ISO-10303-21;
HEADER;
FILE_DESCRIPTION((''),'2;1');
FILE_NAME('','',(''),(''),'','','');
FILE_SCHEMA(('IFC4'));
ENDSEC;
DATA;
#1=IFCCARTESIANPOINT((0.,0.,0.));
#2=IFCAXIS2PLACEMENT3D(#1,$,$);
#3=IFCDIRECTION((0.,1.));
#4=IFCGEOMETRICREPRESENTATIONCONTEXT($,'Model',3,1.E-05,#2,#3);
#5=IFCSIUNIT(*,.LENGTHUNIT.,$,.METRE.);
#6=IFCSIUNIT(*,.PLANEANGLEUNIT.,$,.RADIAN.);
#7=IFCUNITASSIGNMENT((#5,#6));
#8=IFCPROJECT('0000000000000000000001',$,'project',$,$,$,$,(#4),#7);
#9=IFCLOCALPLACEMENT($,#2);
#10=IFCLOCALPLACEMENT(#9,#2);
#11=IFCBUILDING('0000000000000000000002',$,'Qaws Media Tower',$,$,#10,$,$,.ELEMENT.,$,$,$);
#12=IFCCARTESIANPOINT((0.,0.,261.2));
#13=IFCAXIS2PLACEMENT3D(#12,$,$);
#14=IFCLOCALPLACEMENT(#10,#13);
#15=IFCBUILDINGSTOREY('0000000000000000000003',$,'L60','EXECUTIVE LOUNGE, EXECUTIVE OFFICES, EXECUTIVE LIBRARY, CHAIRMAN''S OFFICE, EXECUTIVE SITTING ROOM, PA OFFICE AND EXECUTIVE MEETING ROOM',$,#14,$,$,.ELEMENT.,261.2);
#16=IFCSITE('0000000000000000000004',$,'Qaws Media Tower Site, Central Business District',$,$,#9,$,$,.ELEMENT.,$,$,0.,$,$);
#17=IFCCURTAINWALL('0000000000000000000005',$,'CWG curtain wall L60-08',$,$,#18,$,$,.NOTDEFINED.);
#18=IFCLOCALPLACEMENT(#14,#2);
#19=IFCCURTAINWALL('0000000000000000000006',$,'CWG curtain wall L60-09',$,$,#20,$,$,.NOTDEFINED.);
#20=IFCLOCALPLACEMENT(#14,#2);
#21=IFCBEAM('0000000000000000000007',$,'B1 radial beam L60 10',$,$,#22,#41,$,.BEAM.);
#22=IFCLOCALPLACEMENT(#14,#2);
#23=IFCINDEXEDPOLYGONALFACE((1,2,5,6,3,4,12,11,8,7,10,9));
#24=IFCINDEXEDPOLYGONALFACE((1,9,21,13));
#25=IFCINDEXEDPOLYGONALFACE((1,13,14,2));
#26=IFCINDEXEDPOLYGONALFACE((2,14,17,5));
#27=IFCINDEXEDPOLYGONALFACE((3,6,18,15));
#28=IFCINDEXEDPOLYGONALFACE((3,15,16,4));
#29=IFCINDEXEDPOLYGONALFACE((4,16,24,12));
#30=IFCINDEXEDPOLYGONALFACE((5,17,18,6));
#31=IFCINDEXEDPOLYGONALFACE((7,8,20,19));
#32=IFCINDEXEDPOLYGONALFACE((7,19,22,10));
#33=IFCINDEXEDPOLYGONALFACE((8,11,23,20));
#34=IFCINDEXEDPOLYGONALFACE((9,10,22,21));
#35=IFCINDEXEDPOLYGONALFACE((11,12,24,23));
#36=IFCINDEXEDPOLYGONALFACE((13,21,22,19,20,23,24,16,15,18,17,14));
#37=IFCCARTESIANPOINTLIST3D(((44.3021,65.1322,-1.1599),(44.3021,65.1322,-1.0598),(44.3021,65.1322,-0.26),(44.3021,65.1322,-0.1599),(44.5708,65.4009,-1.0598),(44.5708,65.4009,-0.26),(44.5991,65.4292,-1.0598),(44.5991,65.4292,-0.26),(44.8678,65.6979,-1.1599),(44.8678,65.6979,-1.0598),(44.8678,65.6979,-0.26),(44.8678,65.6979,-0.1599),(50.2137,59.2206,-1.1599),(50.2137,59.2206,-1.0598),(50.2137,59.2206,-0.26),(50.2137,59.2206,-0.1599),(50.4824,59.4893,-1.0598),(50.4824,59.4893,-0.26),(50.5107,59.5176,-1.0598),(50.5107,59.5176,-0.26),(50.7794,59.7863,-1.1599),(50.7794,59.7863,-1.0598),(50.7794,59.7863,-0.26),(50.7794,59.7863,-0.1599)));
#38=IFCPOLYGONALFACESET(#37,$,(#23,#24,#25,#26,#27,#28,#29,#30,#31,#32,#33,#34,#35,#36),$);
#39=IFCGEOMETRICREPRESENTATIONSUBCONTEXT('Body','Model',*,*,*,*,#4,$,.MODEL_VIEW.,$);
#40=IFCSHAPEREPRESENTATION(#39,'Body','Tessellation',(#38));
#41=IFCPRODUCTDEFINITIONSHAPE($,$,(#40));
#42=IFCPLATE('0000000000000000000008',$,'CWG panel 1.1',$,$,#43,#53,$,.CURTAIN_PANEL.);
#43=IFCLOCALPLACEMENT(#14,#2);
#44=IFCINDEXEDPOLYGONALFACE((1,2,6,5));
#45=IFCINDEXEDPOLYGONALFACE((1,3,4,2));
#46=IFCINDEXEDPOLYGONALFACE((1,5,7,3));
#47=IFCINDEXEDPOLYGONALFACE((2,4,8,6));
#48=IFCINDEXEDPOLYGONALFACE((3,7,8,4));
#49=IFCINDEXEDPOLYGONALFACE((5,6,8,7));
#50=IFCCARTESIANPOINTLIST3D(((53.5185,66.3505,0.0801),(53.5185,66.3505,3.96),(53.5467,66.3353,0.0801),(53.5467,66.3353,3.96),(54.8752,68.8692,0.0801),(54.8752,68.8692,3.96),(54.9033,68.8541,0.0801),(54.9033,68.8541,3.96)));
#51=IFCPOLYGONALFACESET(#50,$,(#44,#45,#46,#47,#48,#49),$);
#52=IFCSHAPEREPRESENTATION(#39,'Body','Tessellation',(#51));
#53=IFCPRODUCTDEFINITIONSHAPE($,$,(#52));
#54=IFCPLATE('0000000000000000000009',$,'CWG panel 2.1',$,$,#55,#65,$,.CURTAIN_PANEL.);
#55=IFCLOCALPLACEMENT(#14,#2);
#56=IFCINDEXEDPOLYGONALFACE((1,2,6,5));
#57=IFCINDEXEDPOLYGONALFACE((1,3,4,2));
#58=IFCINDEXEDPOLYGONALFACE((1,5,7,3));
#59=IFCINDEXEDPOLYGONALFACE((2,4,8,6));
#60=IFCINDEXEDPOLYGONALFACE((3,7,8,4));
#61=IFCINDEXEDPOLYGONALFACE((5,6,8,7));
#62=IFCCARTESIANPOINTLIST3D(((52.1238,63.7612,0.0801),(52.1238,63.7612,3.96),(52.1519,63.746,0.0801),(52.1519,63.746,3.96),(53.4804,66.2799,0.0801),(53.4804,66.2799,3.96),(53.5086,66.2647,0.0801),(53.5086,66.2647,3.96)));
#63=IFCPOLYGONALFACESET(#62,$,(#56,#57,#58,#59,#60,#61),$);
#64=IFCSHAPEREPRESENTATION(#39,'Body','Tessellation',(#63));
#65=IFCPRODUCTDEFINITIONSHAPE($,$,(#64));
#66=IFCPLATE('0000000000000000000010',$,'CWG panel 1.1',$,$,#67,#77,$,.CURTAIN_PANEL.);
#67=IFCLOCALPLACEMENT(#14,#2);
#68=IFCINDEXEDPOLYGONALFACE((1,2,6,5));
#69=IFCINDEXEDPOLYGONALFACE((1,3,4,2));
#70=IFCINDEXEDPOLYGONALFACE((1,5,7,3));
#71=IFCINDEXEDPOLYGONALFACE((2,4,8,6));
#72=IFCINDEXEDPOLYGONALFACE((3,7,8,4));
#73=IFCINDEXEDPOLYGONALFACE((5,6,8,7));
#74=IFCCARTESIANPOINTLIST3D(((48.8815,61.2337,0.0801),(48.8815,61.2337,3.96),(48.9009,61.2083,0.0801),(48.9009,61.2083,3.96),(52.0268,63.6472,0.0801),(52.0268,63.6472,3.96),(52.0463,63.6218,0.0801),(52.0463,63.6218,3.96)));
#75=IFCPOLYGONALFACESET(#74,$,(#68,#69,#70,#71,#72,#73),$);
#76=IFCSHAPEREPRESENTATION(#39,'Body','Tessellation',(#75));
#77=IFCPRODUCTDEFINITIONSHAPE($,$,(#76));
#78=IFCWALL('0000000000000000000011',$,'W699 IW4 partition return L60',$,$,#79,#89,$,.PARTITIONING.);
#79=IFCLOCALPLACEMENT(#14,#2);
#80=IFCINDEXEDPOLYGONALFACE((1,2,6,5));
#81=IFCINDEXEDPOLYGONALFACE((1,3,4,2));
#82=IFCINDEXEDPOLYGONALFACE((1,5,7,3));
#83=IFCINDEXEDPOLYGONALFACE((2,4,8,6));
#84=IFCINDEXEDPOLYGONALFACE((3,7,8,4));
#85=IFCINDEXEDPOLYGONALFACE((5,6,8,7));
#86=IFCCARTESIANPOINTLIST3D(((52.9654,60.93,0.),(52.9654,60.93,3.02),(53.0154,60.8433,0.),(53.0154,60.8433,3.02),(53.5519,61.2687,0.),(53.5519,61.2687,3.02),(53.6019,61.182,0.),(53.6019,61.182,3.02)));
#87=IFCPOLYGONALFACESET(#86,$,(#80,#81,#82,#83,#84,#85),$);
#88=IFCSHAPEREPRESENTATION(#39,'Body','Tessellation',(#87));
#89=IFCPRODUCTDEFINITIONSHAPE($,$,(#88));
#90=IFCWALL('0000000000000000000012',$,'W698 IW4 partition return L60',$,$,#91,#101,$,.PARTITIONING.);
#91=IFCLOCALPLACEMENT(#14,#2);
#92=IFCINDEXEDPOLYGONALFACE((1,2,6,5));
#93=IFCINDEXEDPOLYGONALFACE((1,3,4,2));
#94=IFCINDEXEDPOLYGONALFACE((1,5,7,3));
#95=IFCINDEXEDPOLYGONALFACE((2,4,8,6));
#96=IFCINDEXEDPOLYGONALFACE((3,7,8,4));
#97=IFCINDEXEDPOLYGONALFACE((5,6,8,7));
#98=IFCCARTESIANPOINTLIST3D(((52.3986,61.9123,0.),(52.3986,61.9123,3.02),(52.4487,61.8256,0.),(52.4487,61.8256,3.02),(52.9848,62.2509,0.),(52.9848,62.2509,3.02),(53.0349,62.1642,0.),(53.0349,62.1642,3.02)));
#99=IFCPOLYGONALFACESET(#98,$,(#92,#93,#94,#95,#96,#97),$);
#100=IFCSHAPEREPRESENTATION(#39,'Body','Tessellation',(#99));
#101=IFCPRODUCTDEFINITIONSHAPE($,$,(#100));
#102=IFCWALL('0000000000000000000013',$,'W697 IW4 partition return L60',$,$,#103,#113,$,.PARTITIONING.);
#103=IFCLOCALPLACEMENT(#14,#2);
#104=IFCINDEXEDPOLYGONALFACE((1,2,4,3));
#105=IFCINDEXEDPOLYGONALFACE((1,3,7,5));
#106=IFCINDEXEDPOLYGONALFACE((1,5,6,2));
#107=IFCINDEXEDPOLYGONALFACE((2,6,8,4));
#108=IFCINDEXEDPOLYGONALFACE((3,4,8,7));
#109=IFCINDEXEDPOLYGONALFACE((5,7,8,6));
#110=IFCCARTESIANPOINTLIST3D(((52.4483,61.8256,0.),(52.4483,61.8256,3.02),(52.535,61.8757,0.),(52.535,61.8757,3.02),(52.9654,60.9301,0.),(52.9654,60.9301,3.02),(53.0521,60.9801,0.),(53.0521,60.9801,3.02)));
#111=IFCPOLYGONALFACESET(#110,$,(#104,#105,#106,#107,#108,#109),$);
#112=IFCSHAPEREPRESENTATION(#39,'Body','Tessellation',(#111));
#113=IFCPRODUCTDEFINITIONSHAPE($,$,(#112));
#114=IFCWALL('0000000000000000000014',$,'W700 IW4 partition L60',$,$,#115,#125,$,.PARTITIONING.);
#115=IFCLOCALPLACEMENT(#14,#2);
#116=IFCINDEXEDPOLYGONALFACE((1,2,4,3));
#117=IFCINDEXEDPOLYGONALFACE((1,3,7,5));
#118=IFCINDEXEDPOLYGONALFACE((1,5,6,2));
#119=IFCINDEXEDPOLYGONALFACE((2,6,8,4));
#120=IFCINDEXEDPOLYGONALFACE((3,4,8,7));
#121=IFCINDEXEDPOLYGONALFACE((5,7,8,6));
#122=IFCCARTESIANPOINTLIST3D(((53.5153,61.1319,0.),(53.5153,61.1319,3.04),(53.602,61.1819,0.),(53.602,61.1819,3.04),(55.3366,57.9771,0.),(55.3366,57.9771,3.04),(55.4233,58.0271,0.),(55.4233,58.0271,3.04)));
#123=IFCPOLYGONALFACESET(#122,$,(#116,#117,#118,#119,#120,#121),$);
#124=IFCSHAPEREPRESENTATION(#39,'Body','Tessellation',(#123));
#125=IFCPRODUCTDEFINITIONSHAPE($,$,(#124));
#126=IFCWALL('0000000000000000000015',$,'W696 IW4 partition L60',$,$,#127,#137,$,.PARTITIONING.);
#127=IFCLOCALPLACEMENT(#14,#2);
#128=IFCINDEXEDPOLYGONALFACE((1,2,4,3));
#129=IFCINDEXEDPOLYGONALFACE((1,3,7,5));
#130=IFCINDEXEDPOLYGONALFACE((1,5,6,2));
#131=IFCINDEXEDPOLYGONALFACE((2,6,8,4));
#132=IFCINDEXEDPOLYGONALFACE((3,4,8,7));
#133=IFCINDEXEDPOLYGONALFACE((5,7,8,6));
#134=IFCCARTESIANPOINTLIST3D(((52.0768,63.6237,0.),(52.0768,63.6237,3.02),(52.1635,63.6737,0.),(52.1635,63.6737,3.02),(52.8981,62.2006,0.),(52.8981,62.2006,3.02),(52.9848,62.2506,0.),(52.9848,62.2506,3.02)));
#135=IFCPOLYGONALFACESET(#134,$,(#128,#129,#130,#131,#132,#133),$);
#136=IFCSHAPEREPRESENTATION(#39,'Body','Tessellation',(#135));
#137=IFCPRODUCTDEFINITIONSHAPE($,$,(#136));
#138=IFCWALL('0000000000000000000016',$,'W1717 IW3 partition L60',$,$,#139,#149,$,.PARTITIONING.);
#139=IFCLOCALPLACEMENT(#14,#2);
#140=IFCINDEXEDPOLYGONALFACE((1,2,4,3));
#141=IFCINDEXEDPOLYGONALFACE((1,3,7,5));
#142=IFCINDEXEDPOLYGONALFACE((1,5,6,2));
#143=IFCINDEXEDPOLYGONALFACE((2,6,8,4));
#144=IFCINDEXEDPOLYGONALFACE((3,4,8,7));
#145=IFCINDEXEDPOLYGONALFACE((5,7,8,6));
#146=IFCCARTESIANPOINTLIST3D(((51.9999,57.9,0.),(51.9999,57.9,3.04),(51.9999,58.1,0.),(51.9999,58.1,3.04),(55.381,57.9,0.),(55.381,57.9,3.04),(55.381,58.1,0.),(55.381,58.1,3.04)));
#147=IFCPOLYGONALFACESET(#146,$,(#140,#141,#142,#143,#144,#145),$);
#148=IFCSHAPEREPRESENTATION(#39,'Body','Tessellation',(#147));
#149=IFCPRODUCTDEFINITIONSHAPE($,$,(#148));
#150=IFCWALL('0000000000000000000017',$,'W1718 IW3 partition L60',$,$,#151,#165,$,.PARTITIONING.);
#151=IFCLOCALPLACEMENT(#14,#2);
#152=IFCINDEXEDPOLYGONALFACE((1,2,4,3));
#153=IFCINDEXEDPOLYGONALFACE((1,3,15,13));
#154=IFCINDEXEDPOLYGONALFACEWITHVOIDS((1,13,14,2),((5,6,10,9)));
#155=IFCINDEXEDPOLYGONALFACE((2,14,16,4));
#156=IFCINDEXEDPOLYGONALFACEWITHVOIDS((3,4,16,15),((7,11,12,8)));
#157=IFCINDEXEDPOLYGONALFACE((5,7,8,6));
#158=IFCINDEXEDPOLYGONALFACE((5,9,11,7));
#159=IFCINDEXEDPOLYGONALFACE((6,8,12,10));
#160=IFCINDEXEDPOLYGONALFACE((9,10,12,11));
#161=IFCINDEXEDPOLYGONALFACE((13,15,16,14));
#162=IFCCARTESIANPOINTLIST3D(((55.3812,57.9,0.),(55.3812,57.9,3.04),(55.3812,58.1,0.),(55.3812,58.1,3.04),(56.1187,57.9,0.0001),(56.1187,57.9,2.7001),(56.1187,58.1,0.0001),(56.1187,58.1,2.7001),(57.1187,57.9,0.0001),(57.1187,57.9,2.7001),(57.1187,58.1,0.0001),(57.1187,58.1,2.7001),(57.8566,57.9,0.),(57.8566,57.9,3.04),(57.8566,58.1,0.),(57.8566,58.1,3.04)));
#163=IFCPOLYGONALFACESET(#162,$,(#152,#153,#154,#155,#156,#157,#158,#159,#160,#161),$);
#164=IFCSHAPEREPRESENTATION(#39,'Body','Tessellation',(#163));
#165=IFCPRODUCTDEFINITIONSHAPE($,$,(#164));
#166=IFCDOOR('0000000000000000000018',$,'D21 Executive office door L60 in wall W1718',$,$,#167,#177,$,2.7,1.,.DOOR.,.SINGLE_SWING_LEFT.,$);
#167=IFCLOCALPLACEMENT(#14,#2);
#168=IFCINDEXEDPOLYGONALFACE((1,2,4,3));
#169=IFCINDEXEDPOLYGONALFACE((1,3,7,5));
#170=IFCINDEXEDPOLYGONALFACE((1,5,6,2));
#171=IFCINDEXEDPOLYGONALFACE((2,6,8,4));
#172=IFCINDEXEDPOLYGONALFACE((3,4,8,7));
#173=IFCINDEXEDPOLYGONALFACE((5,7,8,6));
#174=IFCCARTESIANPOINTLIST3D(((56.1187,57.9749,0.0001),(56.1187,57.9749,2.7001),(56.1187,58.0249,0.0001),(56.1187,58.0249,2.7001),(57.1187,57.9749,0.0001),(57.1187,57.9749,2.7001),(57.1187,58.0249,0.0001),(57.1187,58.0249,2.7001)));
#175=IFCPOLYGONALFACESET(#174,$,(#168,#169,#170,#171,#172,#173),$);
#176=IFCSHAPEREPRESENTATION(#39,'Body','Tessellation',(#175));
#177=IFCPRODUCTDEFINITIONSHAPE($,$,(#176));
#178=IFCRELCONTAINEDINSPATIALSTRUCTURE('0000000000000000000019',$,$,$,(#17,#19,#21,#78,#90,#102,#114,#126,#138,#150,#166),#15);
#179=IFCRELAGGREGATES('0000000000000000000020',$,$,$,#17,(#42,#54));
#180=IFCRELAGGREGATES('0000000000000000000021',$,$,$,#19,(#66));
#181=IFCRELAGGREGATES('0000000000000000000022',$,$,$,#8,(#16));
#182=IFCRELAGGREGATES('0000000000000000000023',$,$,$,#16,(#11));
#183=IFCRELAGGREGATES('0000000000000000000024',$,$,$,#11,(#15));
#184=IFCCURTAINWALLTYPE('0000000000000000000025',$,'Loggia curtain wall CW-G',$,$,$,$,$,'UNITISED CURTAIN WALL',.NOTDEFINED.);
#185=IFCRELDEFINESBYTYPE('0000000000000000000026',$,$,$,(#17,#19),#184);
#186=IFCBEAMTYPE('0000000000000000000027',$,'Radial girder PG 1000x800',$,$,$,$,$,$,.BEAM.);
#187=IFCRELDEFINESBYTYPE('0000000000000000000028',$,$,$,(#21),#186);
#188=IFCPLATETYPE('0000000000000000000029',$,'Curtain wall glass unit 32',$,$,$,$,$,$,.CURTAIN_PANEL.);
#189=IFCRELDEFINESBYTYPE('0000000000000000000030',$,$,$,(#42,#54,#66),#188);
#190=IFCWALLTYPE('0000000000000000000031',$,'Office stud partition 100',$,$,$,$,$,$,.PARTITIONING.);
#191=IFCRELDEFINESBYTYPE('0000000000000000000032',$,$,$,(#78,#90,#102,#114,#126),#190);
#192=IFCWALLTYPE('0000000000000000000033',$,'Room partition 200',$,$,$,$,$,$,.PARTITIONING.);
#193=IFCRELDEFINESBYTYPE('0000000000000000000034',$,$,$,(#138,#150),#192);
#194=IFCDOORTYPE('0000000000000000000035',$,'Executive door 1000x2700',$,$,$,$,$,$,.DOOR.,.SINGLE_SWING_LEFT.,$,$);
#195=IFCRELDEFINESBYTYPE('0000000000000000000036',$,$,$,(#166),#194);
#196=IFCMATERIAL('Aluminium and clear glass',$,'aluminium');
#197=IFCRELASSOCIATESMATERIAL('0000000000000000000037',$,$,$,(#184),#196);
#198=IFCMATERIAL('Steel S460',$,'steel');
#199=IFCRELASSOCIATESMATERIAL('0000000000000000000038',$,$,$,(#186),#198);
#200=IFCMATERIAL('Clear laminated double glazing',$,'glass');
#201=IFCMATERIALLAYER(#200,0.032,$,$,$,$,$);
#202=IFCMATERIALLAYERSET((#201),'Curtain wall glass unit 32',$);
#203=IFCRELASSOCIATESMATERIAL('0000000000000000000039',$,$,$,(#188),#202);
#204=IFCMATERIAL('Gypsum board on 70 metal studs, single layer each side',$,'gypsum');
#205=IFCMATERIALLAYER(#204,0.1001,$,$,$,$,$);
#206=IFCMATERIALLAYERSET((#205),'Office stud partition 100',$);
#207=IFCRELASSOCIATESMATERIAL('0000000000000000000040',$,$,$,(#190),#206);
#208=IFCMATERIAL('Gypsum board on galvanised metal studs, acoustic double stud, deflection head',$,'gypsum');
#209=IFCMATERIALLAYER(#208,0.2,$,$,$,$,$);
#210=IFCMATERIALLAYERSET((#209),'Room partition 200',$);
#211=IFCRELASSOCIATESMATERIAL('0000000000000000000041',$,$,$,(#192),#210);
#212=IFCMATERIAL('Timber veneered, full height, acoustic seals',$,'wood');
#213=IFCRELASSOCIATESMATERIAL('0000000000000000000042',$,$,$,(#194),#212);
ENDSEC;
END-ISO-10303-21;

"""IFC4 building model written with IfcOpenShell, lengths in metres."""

from ifc_helpers import new_model, si_unit, direction, frame, frame_2d, origin, origin_2d, place, context, subcontext, project, spatial, rectangle, i_section, extrude, material, layer, layer_set, material_profile, profile_set, type_object, element, fill, aggregate, save


model = new_model("IFC4")

# Units and contexts
model_context = context("Model", 3, precision=1e-05, world=origin(), true_north=direction((0.0, 1.0)))
body_context = subcontext(model_context, "Body", "Model", "MODEL_VIEW")
ifc_project = project(units=[si_unit("LENGTHUNIT", "METRE"), si_unit("PLANEANGLEUNIT", "RADIAN")], contexts=[model_context])

# Site, building, storey
site_placement = place(None, origin())
site = spatial("IfcSite", under=ifc_project, at=site_placement, Name="Qaws Media Tower Site, Central Business District", CompositionType="ELEMENT", RefElevation=0.0)
building_placement = place(site_placement, origin())
building = spatial("IfcBuilding", under=site, at=building_placement, Name="Qaws Media Tower", CompositionType="ELEMENT")
storey_placement = place(building_placement, frame((0.0, 0.0, 261.2)))
storey = spatial("IfcBuildingStorey", under=building, at=storey_placement, Name="L60", Description="EXECUTIVE LOUNGE, EXECUTIVE OFFICES, EXECUTIVE LIBRARY, CHAIRMAN'S OFFICE, EXECUTIVE SITTING ROOM, PA OFFICE AND EXECUTIVE MEETING ROOM", CompositionType="ELEMENT", Elevation=261.2)

# Curtain wall
ifc_material_1 = material(Name="Aluminium and clear glass", Category="aluminium")
curtain_wall_type = type_object("IfcCurtainWallType", Name="Loggia curtain wall CW-G", ElementType="UNITISED CURTAIN WALL", PredefinedType="NOTDEFINED", material=ifc_material_1)
curtain_wall_1_placement = place(storey_placement, origin())
curtain_wall_1 = element("IfcCurtainWall", 1, at=curtain_wall_1_placement, inside=storey, type_object=curtain_wall_type, Name="CWG curtain wall L60-08", PredefinedType="NOTDEFINED")

# Curtain wall
curtain_wall_2_placement = place(storey_placement, origin())
curtain_wall_2 = element("IfcCurtainWall", 2, at=curtain_wall_2_placement, inside=storey, type_object=curtain_wall_type, Name="CWG curtain wall L60-09", PredefinedType="NOTDEFINED")

# Beam
ifc_material_2 = material(Name="Steel S460", Category="steel")
ifc_material_profile_1 = material_profile(ifc_material_2, i_section(OverallWidth=0.8, OverallDepth=1.0, WebThickness=0.04, FlangeThickness=0.1001, at=origin_2d()), Name="PG 1000x800")
ifc_profile_set_1 = profile_set([ifc_material_profile_1], Name="Steel S460")
beam_type_1 = type_object("IfcBeamType", Name="Radial girder PG 1000x800", PredefinedType="BEAM", material=ifc_profile_set_1)
beam_1_placement = place(storey_placement, frame((50.4966, 59.5034, -0.6599), z_axis=(-0.707107, 0.707107, 0.0), x_axis=(-0.707107, -0.707107, 0.0)))
element("IfcBeam", 3, at=beam_1_placement, inside=storey, type_object=beam_type_1, Name="B1 radial beam L60 10", PredefinedType="BEAM", context=body_context, shape_type="SweptSolid", body=[
    extrude(i_section(OverallWidth=0.8, OverallDepth=1.0, WebThickness=0.04, FlangeThickness=0.1001, at=origin_2d()), origin(), (0.0, 0.0, 1.0), 8.3604),
])

# Plates
ifc_material_3 = material(Name="Clear laminated double glazing", Category="glass")
ifc_layer_1 = layer(ifc_material_3, 0.032)
ifc_layer_set_1 = layer_set([ifc_layer_1], Name="Curtain wall glass unit 32")
plate_type = type_object("IfcPlateType", Name="Curtain wall glass unit 32", PredefinedType="CURTAIN_PANEL", material=ifc_layer_set_1)
plate_1_placement = place(storey_placement, frame((54.2109, 67.6023, 0.0801), z_axis=(0.0, 0.0, 1.0), x_axis=(-0.474203, -0.880416, 0.0)))
plate_1 = element("IfcPlate", 4, at=plate_1_placement, type_object=plate_type, Name="CWG panel 1.1", PredefinedType="CURTAIN_PANEL", context=body_context, shape_type="SweptSolid", body=[
    extrude(rectangle(XDim=2.8608, YDim=0.032, at=origin_2d()), origin(), (0.0, 0.0, 1.0), 3.8799),
])
plate_2_placement = place(storey_placement, frame((52.8162, 65.0129, 0.0801), z_axis=(0.0, 0.0, 1.0), x_axis=(-0.474203, -0.880416, 0.0)))
plate_2 = element("IfcPlate", 5, at=plate_2_placement, type_object=plate_type, Name="CWG panel 2.1", PredefinedType="CURTAIN_PANEL", context=body_context, shape_type="SweptSolid", body=[
    extrude(rectangle(XDim=2.8608, YDim=0.032, at=origin_2d()), origin(), (0.0, 0.0, 1.0), 3.8799),
])
aggregate(curtain_wall_1, [plate_1, plate_2])
plate_3_placement = place(storey_placement, frame((50.4639, 62.4277, 0.0801), z_axis=(0.0, 0.0, 1.0), x_axis=(-0.793353, -0.608761, 0.0)))
plate_3 = element("IfcPlate", 6, at=plate_3_placement, type_object=plate_type, Name="CWG panel 1.1", PredefinedType="CURTAIN_PANEL", context=body_context, shape_type="SweptSolid", body=[
    extrude(rectangle(XDim=3.9646, YDim=0.032, at=origin_2d()), origin(), (0.0, 0.0, 1.0), 3.8799),
])
aggregate(curtain_wall_2, [plate_3])

# Walls
ifc_material_4 = material(Name="Gypsum board on 70 metal studs, single layer each side", Category="gypsum")
ifc_layer_2 = layer(ifc_material_4, 0.1001)
ifc_layer_set_2 = layer_set([ifc_layer_2], Name="Office stud partition 100")
wall_type_1 = type_object("IfcWallType", Name="Office stud partition 100", PredefinedType="PARTITIONING", material=ifc_layer_set_2)
wall_1_placement = place(storey_placement, frame((53.5769, 61.2253, 0.0), z_axis=(0.0, 0.0, 1.0), x_axis=(-0.865993, -0.500055, 0.0)))
element("IfcWall", 7, at=wall_1_placement, inside=storey, type_object=wall_type_1, Name="W699 IW4 partition return L60", PredefinedType="PARTITIONING", context=body_context, shape_type="SweptSolid", body=[
    extrude(rectangle(XDim=0.6772, YDim=0.1001, at=frame_2d((0.3386, 0.0))), origin(), (0.0, 0.0, 1.0), 3.02),
])
wall_2_placement = place(storey_placement, frame((53.0098, 62.2075, 0.0), z_axis=(0.0, 0.0, 1.0), x_axis=(-0.865903, -0.500212, 0.0)))
element("IfcWall", 8, at=wall_2_placement, inside=storey, type_object=wall_type_1, Name="W698 IW4 partition return L60", PredefinedType="PARTITIONING", context=body_context, shape_type="SweptSolid", body=[
    extrude(rectangle(XDim=0.677, YDim=0.1001, at=frame_2d((0.3384, 0.0))), origin(), (0.0, 0.0, 1.0), 3.02),
])
wall_3_placement = place(storey_placement, frame((53.0088, 60.9551, 0.0), z_axis=(0.0, 0.0, 1.0), x_axis=(-0.500049, 0.865997, 0.0)))
element("IfcWall", 9, at=wall_3_placement, inside=storey, type_object=wall_type_1, Name="W697 IW4 partition return L60", PredefinedType="PARTITIONING", context=body_context, shape_type="SweptSolid", body=[
    extrude(rectangle(XDim=1.0342, YDim=0.1001, at=frame_2d((0.5171, 0.0))), origin(), (0.0, 0.0, 1.0), 3.02),
])
wall_4_placement = place(storey_placement, frame((55.3799, 58.0022, 0.0), z_axis=(0.0, 0.0, 1.0), x_axis=(-0.499974, 0.86604, 0.0)))
element("IfcWall", 10, at=wall_4_placement, inside=storey, type_object=wall_type_1, Name="W700 IW4 partition L60", PredefinedType="PARTITIONING", context=body_context, shape_type="SweptSolid", body=[
    extrude(rectangle(XDim=3.6428, YDim=0.1001, at=frame_2d((1.8213, 0.0))), origin(), (0.0, 0.0, 1.0), 3.04),
])
wall_5_placement = place(storey_placement, frame((52.9414, 62.2256, 0.0), z_axis=(0.0, 0.0, 1.0), x_axis=(-0.499847, 0.866114, 0.0)))
element("IfcWall", 11, at=wall_5_placement, inside=storey, type_object=wall_type_1, Name="W696 IW4 partition L60", PredefinedType="PARTITIONING", context=body_context, shape_type="SweptSolid", body=[
    extrude(rectangle(XDim=1.6431, YDim=0.1001, at=frame_2d((0.8215, 0.0))), origin(), (0.0, 0.0, 1.0), 3.02),
])
ifc_material_5 = material(Name="Gypsum board on galvanised metal studs, acoustic double stud, deflection head", Category="gypsum")
ifc_layer_3 = layer(ifc_material_5, 0.2)
ifc_layer_set_3 = layer_set([ifc_layer_3], Name="Room partition 200")
wall_type_2 = type_object("IfcWallType", Name="Room partition 200", PredefinedType="PARTITIONING", material=ifc_layer_set_3)
wall_6_placement = place(storey_placement, frame((52.0, 58.0, 0.0), z_axis=(0.0, 0.0, 1.0), x_axis=(1.0, 0.0, 0.0)))
element("IfcWall", 12, at=wall_6_placement, inside=storey, type_object=wall_type_2, Name="W1717 IW3 partition L60", PredefinedType="PARTITIONING", context=body_context, shape_type="SweptSolid", body=[
    extrude(rectangle(XDim=3.3811, YDim=0.2, at=frame_2d((1.6904, 0.0))), origin(), (0.0, 0.0, 1.0), 3.04),
])

# Wall, opening, door
wall_7_placement = place(storey_placement, frame((55.3811, 58.0, 0.0), z_axis=(0.0, 0.0, 1.0), x_axis=(1.0, 0.0, 0.0)))
wall_7 = element("IfcWall", 13, at=wall_7_placement, inside=storey, type_object=wall_type_2, Name="W1718 IW3 partition L60", PredefinedType="PARTITIONING", context=body_context, shape_type="SweptSolid", body=[
    extrude(rectangle(XDim=2.4753, YDim=0.2, at=frame_2d((1.2378, 0.0))), origin(), (0.0, 0.0, 1.0), 3.04),
])
opening_placement = place(wall_7_placement, frame((0.7375, 0.0, 0.0)))
opening = element("IfcOpeningElement", 14, at=opening_placement, cuts=wall_7, PredefinedType="OPENING", context=body_context, shape_type="SweptSolid", body=[
    extrude(rectangle(XDim=1.0, YDim=2.7, at=frame_2d((0.5, 1.3501))), frame((0.0, 0.1099, 0.0), z_axis=(0.0, -1.0, 0.0), x_axis=(1.0, 0.0, 0.0)), (0.0, 0.0, 1.0), 0.22),
])
ifc_material_6 = material(Name="Timber veneered, full height, acoustic seals", Category="wood")
door_type = type_object("IfcDoorType", Name="Executive door 1000x2700", OperationType="SINGLE_SWING_LEFT", PredefinedType="DOOR", material=ifc_material_6)
door_placement = place(opening_placement, origin())
door = element("IfcDoor", 15, at=door_placement, inside=storey, type_object=door_type, Name="D21 Executive office door L60 in wall W1718", OperationType="SINGLE_SWING_LEFT", OverallHeight=2.7, OverallWidth=1.0, PredefinedType="DOOR", context=body_context, shape_type="SweptSolid", body=[
    extrude(rectangle(XDim=1.0, YDim=2.7, at=frame_2d((0.5, 1.3501))), frame((0.0, 0.0249, 0.0), z_axis=(0.0, -1.0, 0.0), x_axis=(1.0, 0.0, 0.0)), (0.0, 0.0, 1.0), 0.05),
])
fill(opening, door)

save(model, "model.ifc")
